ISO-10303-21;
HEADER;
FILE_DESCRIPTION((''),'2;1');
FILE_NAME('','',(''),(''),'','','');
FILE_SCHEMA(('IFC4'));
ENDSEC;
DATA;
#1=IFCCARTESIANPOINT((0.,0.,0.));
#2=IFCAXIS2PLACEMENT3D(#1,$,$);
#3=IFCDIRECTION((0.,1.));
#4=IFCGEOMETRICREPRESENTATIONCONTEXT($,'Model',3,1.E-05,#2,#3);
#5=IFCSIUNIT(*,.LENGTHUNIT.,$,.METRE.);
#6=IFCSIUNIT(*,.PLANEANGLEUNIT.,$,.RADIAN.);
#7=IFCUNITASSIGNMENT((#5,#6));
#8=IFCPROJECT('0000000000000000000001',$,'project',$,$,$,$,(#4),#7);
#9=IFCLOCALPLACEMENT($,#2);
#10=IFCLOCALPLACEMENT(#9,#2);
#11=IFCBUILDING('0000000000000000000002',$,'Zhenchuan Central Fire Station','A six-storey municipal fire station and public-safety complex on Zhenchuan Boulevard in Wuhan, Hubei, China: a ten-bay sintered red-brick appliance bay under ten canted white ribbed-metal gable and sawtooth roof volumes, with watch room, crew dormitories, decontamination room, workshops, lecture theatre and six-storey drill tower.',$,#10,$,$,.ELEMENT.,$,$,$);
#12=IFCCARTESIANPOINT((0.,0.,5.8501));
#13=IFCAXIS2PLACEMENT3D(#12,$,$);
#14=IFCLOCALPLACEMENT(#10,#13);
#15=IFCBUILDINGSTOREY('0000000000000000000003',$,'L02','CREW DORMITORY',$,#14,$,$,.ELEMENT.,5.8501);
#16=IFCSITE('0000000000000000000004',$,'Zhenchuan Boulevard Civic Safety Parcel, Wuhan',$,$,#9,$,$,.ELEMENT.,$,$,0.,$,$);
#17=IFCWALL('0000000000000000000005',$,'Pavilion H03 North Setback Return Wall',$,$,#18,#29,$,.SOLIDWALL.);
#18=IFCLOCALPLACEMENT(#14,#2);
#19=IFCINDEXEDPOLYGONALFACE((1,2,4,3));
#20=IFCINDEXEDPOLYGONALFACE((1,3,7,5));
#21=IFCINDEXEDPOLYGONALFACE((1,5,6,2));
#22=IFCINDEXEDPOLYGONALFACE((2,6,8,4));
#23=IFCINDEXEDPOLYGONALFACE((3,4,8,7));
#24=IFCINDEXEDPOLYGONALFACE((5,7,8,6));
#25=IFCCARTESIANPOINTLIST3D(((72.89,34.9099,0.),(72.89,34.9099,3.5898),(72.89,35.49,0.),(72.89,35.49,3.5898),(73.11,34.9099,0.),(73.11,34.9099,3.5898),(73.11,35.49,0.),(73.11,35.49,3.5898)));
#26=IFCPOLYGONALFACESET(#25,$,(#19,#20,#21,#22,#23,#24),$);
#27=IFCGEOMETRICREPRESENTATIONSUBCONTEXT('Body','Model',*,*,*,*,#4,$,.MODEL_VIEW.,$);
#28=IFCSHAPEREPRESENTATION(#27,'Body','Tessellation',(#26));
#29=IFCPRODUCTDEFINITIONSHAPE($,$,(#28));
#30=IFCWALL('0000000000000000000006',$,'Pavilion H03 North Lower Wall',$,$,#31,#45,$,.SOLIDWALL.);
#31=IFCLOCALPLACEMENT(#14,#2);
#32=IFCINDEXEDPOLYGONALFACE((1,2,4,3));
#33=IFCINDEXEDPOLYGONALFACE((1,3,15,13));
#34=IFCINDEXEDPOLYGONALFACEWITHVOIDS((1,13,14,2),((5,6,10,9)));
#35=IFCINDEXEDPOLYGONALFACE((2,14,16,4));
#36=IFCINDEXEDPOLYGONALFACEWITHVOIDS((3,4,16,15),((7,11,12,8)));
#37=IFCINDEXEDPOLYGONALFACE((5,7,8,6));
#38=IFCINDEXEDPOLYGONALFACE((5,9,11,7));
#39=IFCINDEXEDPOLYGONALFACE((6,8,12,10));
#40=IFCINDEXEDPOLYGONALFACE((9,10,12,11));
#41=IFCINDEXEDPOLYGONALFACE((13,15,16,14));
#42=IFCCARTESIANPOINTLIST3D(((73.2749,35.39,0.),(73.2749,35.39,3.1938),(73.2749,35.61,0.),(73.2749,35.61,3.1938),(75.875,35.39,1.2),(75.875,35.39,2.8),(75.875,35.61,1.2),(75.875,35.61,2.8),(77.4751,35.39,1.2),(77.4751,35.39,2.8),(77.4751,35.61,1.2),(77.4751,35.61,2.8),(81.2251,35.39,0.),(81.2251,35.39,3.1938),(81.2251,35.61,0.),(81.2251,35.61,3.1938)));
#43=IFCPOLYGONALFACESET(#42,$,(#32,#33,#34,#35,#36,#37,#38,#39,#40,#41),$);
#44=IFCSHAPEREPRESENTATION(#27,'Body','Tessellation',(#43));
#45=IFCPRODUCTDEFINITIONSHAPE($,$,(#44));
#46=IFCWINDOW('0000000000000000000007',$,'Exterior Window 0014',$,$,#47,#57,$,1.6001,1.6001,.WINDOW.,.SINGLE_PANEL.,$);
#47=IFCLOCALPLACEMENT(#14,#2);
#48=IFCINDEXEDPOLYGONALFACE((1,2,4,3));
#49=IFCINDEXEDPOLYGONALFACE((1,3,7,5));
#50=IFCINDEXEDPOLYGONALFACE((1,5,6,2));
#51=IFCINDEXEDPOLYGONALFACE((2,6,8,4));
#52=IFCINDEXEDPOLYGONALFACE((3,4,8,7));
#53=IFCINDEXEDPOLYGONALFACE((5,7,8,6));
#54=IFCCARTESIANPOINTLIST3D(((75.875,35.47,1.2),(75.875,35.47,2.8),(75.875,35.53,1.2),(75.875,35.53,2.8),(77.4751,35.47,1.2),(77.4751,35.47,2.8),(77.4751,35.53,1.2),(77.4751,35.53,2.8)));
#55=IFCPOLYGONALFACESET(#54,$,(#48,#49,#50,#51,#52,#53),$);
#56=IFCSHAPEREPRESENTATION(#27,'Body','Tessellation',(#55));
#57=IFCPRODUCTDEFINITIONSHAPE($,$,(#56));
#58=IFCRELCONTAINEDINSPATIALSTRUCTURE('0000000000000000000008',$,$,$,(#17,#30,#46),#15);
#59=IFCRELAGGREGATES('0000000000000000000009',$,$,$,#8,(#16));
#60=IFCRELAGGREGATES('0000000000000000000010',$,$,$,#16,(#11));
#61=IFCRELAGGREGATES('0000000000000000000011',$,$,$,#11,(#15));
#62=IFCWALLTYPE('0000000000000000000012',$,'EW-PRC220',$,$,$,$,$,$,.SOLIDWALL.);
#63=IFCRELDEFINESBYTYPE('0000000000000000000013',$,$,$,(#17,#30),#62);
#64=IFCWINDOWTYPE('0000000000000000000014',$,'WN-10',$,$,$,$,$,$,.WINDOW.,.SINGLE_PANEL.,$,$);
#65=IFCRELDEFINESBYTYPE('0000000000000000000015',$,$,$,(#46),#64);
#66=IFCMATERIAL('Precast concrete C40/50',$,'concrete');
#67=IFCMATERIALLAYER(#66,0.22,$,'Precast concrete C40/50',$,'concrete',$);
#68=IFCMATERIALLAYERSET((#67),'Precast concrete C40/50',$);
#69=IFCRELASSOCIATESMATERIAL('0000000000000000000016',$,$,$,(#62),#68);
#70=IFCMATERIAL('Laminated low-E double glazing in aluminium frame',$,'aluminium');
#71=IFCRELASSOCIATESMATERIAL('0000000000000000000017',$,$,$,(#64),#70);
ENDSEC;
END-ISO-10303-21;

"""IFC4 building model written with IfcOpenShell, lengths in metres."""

from ifc_helpers import new_model, si_unit, direction, frame, frame_2d, origin, place, context, subcontext, project, spatial, rectangle, extrude, material, layer, layer_set, type_object, element, fill, save


model = new_model("IFC4")

# Units and contexts
model_context = context("Model", 3, precision=1e-05, world=origin(), true_north=direction((0.0, 1.0)))
body_context = subcontext(model_context, "Body", "Model", "MODEL_VIEW")
ifc_project = project(units=[si_unit("LENGTHUNIT", "METRE"), si_unit("PLANEANGLEUNIT", "RADIAN")], contexts=[model_context])

# Site, building, storey
site_placement = place(None, origin())
site = spatial("IfcSite", under=ifc_project, at=site_placement, Name="Zhenchuan Boulevard Civic Safety Parcel, Wuhan", CompositionType="ELEMENT", RefElevation=0.0)
building_placement = place(site_placement, origin())
building = spatial("IfcBuilding", under=site, at=building_placement, Name="Zhenchuan Central Fire Station", Description="A six-storey municipal fire station and public-safety complex on Zhenchuan Boulevard in Wuhan, Hubei, China: a ten-bay sintered red-brick appliance bay under ten canted white ribbed-metal gable and sawtooth roof volumes, with watch room, crew dormitories, decontamination room, workshops, lecture theatre and six-storey drill tower.", CompositionType="ELEMENT")
storey_placement = place(building_placement, frame((0.0, 0.0, 5.8501)))
storey = spatial("IfcBuildingStorey", under=building, at=storey_placement, Name="L02", Description="CREW DORMITORY", CompositionType="ELEMENT", Elevation=5.8501)

# Wall
ifc_material_1 = material(Name="Precast concrete C40/50", Category="concrete")
ifc_layer = layer(ifc_material_1, 0.22, Name="Precast concrete C40/50", Category="concrete")
ifc_layer_set = layer_set([ifc_layer], Name="Precast concrete C40/50")
wall_type = type_object("IfcWallType", Name="EW-PRC220", PredefinedType="SOLIDWALL", material=ifc_layer_set)
wall_1_placement = place(storey_placement, frame((73.0, 34.9099, 0.0), z_axis=(0.0, 0.0, 1.0), x_axis=(0.0, 1.0, 0.0)))
element("IfcWall", 1, at=wall_1_placement, inside=storey, type_object=wall_type, Name="Pavilion H03 North Setback Return Wall", PredefinedType="SOLIDWALL", context=body_context, shape_type="SweptSolid", body=[
    extrude(rectangle(XDim=0.5801, YDim=0.22, at=frame_2d((0.29, 0.0))), origin(), (0.0, 0.0, 1.0), 3.5898),
])

# Wall, opening, window
wall_2_placement = place(storey_placement, frame((73.2749, 35.5, 0.0), z_axis=(0.0, 0.0, 1.0), x_axis=(1.0, 0.0, 0.0)))
wall_2 = element("IfcWall", 2, at=wall_2_placement, inside=storey, type_object=wall_type, Name="Pavilion H03 North Lower Wall", PredefinedType="SOLIDWALL", context=body_context, shape_type="SweptSolid", body=[
    extrude(rectangle(XDim=7.9502, YDim=0.22, at=frame_2d((3.9751, 0.0))), origin(), (0.0, 0.0, 1.0), 3.1938),
])
opening_placement = place(wall_2_placement, frame((2.6001, 0.0, 1.2)))
opening = element("IfcOpeningElement", 3, at=opening_placement, cuts=wall_2, PredefinedType="OPENING", context=body_context, shape_type="SweptSolid", body=[
    extrude(rectangle(XDim=1.6001, YDim=1.6001, at=frame_2d((0.8, 0.8))), frame((0.0, 0.1199, 0.0), z_axis=(0.0, -1.0, 0.0), x_axis=(1.0, 0.0, 0.0)), (0.0, 0.0, 1.0), 0.24),
])
ifc_material_2 = material(Name="Laminated low-E double glazing in aluminium frame", Category="aluminium")
window_type = type_object("IfcWindowType", Name="WN-10", PartitioningType="SINGLE_PANEL", PredefinedType="WINDOW", material=ifc_material_2)
window_placement = place(opening_placement, origin())
window = element("IfcWindow", 4, at=window_placement, inside=storey, type_object=window_type, Name="Exterior Window 0014", OverallHeight=1.6001, OverallWidth=1.6001, PartitioningType="SINGLE_PANEL", PredefinedType="WINDOW", context=body_context, shape_type="SweptSolid", body=[
    extrude(rectangle(XDim=1.6001, YDim=1.6001, at=frame_2d((0.8, 0.8))), frame((0.0, 0.03, 0.0), z_axis=(0.0, -1.0, 0.0), x_axis=(1.0, 0.0, 0.0)), (0.0, 0.0, 1.0), 0.0601),
])
fill(opening, window)

save(model, "model.ifc")
